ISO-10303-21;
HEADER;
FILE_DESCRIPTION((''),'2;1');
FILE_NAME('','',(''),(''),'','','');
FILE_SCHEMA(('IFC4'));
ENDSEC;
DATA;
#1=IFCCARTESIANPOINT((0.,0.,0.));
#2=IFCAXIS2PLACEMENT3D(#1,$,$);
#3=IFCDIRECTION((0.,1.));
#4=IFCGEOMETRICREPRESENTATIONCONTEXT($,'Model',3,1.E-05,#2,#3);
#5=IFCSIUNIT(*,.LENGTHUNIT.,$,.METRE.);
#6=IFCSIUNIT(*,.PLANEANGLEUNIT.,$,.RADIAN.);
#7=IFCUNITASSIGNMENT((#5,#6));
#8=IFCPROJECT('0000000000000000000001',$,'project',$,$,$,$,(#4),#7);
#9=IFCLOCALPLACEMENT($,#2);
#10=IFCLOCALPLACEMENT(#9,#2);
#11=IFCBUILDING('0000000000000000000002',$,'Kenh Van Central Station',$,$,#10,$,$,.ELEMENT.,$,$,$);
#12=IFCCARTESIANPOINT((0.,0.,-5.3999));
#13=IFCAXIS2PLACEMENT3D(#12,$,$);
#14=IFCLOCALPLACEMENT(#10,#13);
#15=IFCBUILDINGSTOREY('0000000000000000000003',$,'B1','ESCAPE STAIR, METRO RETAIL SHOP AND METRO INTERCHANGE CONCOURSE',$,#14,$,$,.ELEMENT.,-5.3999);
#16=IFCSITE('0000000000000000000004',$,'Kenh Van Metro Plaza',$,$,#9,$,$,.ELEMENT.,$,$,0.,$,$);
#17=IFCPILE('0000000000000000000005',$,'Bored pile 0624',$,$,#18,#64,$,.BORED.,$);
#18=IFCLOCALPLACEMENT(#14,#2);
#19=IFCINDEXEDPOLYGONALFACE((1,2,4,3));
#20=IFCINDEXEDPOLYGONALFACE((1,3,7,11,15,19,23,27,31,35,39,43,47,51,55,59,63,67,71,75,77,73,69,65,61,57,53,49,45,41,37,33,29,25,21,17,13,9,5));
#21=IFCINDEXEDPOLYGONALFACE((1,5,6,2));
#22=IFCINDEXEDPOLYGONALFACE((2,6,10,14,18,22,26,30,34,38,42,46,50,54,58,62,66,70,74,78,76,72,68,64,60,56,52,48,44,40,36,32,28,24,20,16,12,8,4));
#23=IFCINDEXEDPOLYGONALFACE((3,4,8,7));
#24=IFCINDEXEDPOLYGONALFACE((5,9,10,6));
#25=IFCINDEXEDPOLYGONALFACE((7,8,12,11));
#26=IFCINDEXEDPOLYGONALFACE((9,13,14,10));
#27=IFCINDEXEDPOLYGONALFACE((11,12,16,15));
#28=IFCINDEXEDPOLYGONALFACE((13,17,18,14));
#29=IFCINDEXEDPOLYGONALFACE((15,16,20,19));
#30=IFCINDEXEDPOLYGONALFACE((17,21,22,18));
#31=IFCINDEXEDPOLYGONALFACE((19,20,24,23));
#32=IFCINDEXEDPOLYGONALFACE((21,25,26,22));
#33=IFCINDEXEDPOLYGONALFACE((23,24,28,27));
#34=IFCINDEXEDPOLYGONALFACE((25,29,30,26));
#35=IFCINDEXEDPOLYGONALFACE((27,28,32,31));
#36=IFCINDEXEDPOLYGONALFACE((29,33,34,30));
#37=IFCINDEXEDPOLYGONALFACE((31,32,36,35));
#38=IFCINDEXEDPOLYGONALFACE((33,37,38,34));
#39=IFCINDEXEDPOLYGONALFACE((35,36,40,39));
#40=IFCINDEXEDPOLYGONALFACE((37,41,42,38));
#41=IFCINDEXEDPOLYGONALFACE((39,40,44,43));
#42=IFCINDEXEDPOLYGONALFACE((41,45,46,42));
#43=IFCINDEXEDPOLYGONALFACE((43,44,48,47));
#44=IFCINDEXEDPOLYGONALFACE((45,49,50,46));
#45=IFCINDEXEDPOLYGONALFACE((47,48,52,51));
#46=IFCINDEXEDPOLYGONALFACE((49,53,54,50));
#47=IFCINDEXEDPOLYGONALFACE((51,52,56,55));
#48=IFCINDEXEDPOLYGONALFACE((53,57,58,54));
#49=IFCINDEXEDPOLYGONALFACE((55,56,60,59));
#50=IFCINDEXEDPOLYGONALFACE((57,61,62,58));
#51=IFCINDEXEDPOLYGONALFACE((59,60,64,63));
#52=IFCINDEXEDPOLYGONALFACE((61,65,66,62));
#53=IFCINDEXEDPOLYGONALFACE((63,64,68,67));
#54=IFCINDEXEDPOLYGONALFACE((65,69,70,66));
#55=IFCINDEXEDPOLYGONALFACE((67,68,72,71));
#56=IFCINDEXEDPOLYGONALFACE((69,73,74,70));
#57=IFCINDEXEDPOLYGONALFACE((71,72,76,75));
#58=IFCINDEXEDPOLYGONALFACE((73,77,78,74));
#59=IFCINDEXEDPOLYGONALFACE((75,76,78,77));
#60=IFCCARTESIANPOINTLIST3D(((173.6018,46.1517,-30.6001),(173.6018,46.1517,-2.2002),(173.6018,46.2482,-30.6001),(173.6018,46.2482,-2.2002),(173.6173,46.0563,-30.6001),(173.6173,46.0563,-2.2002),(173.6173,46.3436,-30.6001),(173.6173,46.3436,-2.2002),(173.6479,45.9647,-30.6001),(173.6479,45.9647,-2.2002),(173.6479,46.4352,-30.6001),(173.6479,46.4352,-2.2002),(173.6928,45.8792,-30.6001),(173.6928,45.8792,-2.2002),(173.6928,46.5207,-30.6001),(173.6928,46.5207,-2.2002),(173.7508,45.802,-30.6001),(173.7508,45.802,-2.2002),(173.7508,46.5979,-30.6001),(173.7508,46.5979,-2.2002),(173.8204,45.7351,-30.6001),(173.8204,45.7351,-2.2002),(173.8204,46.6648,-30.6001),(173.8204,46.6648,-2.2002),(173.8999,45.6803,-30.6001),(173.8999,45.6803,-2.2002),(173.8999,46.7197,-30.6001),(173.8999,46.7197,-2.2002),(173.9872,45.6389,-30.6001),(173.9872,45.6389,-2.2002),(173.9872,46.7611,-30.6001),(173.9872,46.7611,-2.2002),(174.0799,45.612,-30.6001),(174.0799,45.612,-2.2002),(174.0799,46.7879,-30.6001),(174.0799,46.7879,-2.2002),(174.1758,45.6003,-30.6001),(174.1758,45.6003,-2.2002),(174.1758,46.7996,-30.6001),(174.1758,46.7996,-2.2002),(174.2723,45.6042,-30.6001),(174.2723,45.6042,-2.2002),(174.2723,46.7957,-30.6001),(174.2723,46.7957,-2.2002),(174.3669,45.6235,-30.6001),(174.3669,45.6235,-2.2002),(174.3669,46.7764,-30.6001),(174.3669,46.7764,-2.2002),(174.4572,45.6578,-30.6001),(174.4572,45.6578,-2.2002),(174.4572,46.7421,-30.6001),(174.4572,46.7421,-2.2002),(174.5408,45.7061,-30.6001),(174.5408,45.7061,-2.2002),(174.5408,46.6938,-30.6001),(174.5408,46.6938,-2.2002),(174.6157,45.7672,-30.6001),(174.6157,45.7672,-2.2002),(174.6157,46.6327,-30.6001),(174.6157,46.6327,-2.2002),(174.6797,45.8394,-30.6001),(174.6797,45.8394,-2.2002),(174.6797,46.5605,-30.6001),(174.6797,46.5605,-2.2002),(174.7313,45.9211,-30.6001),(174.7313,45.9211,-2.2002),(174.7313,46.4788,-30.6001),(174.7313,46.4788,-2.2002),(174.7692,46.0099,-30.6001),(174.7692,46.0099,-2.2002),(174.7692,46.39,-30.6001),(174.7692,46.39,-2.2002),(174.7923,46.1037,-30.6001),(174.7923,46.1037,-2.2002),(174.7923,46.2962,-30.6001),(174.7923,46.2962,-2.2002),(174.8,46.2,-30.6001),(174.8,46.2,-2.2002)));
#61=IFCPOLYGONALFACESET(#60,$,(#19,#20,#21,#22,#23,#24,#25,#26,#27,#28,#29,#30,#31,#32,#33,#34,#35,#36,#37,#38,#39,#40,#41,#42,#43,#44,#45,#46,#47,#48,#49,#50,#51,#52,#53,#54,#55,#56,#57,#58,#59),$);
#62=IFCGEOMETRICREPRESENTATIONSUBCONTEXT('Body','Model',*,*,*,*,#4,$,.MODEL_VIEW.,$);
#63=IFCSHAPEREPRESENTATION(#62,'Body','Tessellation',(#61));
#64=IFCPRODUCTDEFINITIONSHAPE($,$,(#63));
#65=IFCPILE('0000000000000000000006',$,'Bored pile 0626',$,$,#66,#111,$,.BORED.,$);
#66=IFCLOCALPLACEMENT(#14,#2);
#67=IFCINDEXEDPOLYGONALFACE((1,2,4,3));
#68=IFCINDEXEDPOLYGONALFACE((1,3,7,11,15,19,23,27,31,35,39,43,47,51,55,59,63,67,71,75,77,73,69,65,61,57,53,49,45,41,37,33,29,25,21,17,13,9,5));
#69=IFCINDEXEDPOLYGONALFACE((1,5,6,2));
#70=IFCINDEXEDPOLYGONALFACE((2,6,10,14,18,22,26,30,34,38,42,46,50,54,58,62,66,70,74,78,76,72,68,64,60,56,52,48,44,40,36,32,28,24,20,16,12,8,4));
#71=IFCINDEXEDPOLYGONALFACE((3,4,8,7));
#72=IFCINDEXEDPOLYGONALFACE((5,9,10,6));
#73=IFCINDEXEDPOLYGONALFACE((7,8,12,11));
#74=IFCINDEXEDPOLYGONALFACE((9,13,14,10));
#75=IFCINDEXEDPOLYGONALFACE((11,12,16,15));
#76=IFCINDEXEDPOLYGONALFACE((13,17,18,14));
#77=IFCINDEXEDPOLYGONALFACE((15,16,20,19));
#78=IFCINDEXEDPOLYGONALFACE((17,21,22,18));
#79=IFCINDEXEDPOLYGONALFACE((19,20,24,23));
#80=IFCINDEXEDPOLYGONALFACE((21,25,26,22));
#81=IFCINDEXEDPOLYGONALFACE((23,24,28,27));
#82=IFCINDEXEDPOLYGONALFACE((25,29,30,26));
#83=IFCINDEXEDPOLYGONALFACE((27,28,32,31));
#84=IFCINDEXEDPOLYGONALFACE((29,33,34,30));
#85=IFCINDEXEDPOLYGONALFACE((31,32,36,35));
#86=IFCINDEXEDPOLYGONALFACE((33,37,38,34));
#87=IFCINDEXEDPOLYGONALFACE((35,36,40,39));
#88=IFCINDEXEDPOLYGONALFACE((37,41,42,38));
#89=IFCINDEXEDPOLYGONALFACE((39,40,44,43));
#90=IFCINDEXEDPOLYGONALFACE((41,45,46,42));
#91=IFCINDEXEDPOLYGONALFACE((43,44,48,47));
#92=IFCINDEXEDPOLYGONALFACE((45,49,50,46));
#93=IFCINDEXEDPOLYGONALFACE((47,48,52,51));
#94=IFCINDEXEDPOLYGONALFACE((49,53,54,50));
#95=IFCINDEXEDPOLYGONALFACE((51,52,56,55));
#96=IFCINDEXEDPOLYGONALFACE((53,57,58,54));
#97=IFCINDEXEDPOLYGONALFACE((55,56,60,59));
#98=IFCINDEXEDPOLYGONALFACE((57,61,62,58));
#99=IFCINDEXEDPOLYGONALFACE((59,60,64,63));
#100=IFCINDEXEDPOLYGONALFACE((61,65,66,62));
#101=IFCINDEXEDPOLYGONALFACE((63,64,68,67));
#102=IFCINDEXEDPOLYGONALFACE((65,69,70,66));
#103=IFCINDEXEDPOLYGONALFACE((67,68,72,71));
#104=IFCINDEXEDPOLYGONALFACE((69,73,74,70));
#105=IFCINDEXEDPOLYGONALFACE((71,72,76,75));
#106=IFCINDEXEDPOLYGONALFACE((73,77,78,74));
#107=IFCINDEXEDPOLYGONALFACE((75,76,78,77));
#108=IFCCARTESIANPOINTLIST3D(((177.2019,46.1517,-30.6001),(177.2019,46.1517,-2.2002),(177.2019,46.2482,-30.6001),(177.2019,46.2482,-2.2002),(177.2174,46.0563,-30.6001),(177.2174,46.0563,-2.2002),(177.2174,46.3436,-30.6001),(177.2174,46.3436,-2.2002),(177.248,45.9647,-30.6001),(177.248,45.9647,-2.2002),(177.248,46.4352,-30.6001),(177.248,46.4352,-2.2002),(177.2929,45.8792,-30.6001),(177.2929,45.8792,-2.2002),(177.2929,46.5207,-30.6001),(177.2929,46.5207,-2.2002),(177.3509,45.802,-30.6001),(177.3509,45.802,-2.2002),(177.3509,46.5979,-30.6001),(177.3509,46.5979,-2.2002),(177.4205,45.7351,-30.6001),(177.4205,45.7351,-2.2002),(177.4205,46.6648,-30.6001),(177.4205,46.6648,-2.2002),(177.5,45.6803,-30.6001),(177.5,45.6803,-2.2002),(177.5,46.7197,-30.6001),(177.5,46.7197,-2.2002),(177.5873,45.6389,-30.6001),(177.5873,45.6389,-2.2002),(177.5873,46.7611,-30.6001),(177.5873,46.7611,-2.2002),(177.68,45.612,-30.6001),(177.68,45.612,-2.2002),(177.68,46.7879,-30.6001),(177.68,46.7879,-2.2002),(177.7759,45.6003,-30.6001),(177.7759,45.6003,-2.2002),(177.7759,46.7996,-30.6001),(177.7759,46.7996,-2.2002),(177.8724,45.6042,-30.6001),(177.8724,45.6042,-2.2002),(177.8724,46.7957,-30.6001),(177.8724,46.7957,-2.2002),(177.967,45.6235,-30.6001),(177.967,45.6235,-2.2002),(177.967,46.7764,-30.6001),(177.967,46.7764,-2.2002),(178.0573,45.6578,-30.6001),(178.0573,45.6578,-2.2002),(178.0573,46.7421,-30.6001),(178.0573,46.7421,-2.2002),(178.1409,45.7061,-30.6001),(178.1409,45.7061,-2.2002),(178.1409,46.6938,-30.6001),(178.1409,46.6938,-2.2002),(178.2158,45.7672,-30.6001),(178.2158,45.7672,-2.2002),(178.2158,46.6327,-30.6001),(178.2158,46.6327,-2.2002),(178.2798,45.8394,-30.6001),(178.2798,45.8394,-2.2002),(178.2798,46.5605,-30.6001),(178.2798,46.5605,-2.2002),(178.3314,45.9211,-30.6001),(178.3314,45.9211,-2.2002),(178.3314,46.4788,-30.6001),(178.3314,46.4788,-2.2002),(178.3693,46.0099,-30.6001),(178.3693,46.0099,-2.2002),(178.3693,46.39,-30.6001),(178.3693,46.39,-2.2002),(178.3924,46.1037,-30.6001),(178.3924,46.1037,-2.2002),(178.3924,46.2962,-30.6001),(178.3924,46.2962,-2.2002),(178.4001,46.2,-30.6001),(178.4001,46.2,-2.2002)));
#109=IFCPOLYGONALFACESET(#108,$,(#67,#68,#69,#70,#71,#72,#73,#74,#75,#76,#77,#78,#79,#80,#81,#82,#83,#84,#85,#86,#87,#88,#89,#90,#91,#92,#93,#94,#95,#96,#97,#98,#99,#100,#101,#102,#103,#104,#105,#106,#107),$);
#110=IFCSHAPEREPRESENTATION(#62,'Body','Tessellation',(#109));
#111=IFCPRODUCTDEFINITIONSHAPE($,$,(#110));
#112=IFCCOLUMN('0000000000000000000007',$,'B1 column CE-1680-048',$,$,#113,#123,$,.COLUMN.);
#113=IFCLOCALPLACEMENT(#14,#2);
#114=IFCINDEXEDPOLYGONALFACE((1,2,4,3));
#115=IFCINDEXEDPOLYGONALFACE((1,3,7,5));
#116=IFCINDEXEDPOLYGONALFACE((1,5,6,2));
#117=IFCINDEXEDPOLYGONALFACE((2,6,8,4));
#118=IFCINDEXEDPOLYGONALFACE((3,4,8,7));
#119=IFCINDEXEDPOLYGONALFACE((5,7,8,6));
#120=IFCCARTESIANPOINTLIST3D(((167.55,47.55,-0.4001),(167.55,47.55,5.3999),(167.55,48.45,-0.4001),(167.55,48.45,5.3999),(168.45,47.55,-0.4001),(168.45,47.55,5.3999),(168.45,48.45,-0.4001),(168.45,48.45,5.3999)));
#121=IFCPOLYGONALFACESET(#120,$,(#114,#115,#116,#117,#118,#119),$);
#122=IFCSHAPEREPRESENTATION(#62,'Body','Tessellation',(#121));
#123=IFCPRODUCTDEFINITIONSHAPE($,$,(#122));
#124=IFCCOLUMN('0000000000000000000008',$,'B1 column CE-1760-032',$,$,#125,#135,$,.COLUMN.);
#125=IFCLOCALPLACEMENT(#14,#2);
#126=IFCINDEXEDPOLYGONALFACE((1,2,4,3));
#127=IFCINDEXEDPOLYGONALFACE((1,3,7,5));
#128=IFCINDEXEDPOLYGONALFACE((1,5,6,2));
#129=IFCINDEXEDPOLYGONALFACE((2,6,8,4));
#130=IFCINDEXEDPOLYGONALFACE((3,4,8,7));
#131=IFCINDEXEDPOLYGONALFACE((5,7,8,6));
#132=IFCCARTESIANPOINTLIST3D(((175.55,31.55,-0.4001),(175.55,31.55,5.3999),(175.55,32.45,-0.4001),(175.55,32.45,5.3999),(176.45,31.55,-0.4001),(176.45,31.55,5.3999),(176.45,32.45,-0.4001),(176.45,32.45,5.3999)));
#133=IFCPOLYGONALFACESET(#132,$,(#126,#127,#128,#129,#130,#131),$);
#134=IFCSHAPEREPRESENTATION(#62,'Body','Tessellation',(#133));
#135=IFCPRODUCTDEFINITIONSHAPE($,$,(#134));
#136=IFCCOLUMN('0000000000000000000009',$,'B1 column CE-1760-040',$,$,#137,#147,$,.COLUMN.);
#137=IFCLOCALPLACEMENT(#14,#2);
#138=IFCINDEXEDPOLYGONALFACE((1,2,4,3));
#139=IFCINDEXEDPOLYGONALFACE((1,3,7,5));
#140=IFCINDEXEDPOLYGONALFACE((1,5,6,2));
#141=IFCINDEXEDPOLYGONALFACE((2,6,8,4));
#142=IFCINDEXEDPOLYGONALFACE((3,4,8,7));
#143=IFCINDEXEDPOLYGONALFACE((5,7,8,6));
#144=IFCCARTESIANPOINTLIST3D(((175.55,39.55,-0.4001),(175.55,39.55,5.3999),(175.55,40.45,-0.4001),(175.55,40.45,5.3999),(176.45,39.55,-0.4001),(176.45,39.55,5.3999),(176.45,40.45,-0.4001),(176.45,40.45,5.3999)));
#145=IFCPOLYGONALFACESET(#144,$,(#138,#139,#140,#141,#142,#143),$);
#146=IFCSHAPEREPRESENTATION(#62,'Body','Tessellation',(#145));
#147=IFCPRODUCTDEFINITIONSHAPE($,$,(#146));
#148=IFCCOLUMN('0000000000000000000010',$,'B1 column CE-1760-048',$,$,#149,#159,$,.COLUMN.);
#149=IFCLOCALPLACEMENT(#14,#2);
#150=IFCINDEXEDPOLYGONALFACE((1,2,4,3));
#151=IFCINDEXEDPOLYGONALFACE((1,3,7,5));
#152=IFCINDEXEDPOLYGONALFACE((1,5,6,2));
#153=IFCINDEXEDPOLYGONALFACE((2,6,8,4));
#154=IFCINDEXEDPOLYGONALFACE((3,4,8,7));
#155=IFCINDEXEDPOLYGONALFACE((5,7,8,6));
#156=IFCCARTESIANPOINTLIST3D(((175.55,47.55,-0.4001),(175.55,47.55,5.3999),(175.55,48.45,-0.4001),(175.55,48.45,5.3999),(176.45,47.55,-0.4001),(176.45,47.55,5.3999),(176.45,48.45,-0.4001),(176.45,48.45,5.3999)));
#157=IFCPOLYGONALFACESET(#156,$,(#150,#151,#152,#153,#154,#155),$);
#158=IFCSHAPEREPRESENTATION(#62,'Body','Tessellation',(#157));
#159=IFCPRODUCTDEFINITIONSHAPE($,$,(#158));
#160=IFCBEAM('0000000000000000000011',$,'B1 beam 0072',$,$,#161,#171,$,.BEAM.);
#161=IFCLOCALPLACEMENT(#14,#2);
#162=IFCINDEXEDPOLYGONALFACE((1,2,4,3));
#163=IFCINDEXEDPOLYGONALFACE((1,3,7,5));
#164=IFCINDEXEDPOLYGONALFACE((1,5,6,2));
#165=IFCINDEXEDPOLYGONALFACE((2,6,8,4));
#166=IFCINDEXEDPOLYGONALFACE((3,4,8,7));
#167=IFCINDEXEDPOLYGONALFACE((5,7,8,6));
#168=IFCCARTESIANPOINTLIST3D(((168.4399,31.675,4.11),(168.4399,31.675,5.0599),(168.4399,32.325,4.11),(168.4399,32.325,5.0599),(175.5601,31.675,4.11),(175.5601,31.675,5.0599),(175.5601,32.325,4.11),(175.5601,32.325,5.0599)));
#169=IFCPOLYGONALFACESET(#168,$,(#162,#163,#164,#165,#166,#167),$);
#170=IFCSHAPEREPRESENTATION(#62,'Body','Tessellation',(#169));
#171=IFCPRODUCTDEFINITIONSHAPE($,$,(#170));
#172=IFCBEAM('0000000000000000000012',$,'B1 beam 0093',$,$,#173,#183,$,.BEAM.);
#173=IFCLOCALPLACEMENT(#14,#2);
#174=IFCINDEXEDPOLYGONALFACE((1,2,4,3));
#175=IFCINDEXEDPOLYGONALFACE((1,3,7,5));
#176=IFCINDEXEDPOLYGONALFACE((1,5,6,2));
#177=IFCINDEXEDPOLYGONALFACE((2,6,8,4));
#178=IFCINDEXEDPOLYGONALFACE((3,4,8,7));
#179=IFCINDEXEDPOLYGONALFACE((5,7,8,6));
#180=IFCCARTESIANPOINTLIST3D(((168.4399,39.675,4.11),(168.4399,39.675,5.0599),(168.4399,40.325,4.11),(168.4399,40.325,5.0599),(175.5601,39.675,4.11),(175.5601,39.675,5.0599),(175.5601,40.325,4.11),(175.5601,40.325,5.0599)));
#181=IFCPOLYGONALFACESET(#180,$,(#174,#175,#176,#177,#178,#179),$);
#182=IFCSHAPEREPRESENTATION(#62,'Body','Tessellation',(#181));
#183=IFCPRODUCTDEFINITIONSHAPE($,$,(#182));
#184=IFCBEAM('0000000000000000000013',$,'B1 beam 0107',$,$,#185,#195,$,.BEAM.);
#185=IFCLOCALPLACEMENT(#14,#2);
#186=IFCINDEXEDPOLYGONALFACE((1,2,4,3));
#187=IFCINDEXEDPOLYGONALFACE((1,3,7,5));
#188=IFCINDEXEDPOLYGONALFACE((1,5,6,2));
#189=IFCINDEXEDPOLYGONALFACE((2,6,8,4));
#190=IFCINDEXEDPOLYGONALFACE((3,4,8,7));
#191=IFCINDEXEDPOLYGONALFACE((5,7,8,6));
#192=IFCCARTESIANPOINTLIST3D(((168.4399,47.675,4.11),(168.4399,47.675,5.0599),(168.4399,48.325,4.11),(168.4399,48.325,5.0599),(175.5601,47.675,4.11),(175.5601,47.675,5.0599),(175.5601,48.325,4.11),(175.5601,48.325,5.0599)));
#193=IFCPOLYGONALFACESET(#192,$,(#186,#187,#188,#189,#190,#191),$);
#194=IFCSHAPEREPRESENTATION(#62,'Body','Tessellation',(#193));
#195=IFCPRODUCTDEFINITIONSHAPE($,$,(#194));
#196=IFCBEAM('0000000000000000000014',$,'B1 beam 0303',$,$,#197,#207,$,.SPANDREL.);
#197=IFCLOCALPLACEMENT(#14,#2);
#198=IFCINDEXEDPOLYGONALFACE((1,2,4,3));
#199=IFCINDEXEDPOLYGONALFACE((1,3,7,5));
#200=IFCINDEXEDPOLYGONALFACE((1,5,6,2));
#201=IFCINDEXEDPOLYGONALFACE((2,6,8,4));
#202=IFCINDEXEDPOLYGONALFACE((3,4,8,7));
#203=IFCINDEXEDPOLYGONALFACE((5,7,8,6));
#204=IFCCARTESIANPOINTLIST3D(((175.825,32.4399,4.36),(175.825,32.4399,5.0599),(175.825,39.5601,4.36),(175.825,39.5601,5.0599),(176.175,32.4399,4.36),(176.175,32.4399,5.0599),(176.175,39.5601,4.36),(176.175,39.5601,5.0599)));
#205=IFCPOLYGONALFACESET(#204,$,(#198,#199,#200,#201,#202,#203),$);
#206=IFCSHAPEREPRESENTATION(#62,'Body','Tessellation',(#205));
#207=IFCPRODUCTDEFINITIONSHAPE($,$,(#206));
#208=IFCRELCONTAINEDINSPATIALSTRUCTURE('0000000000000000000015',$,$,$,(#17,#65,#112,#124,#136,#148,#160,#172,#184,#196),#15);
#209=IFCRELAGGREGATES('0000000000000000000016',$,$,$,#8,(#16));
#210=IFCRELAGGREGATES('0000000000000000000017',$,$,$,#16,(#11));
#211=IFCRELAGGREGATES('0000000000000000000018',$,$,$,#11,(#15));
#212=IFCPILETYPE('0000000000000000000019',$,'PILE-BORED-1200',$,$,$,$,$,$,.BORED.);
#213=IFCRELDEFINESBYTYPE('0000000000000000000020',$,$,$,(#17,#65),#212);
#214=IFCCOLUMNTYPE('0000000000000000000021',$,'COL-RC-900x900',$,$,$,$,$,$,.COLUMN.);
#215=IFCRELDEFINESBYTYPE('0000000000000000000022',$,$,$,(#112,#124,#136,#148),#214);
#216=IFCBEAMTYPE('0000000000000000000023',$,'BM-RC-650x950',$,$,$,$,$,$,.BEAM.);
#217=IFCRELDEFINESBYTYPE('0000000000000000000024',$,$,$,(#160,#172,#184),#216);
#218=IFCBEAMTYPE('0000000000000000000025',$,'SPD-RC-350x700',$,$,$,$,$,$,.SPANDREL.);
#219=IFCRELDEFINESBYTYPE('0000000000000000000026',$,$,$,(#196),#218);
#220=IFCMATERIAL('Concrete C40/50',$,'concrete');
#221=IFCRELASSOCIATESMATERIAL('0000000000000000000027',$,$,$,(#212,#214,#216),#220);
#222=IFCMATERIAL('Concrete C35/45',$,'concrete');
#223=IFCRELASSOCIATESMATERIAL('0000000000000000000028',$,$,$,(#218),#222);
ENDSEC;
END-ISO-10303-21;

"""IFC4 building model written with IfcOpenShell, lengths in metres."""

from ifc_helpers import new_model, si_unit, direction, frame, origin, origin_2d, place, context, subcontext, project, spatial, rectangle, circle, extrude, material, material_profile, profile_set, type_object, element, save


model = new_model("IFC4")

# Units and contexts
model_context = context("Model", 3, precision=1e-05, world=origin(), true_north=direction((0.0, 1.0)))
body_context = subcontext(model_context, "Body", "Model", "MODEL_VIEW")
ifc_project = project(units=[si_unit("LENGTHUNIT", "METRE"), si_unit("PLANEANGLEUNIT", "RADIAN")], contexts=[model_context])

# Site, building, storey
site_placement = place(None, origin())
site = spatial("IfcSite", under=ifc_project, at=site_placement, Name="Kenh Van Metro Plaza", CompositionType="ELEMENT", RefElevation=0.0)
building_placement = place(site_placement, origin())
building = spatial("IfcBuilding", under=site, at=building_placement, Name="Kenh Van Central Station", CompositionType="ELEMENT")
storey_placement = place(building_placement, frame((0.0, 0.0, -5.3999)))
storey = spatial("IfcBuildingStorey", under=building, at=storey_placement, Name="B1", Description="ESCAPE STAIR, METRO RETAIL SHOP AND METRO INTERCHANGE CONCOURSE", CompositionType="ELEMENT", Elevation=-5.3999)

# Shared definitions
ifc_material_1 = material(Name="Concrete C40/50", Category="concrete")

# Piles
ifc_material_profile_1 = material_profile(ifc_material_1, circle(Radius=0.6001, at=origin_2d()), Name="PILE D1200")
ifc_profile_set_1 = profile_set([ifc_material_profile_1], Name="Concrete C40/50")
pile_type = type_object("IfcPileType", Name="PILE-BORED-1200", PredefinedType="BORED", material=ifc_profile_set_1)
for number, where, z_axis, x_axis, name in (
    (1, (174.2, 46.2, -2.2002), (0.0, 0.0, -1.0), (1.0, 0.0, 0.0), "Bored pile 0624"),
    (2, (177.8, 46.2, -2.2002), (0.0, 0.0, -1.0), (1.0, 0.0, 0.0), "Bored pile 0626"),
):
    element("IfcPile", number, at=place(storey_placement, frame(where, z_axis=z_axis, x_axis=x_axis)), inside=storey, type_object=pile_type, Name=name, PredefinedType="BORED", context=body_context, shape_type="SweptSolid", body=[
        extrude(circle(Radius=0.6001, at=origin_2d()), origin(), (0.0, 0.0, 1.0), 28.3999),
    ])

# Columns
ifc_material_profile_2 = material_profile(ifc_material_1, rectangle(XDim=0.8999, YDim=0.8999, at=origin_2d()), Name="RC 900x900")
ifc_profile_set_2 = profile_set([ifc_material_profile_2], Name="Concrete C40/50")
column_type = type_object("IfcColumnType", Name="COL-RC-900x900", PredefinedType="COLUMN", material=ifc_profile_set_2)
for number, where, z_axis, x_axis, name in (
    (3, (168.0, 48.0, -0.4001), (0.0, 0.0, 1.0), (1.0, 0.0, 0.0), "B1 column CE-1680-048"),
    (4, (176.0, 32.0, -0.4001), (0.0, 0.0, 1.0), (1.0, 0.0, 0.0), "B1 column CE-1760-032"),
    (5, (176.0, 40.0, -0.4001), (0.0, 0.0, 1.0), (1.0, 0.0, 0.0), "B1 column CE-1760-040"),
    (6, (176.0, 48.0, -0.4001), (0.0, 0.0, 1.0), (1.0, 0.0, 0.0), "B1 column CE-1760-048"),
):
    element("IfcColumn", number, at=place(storey_placement, frame(where, z_axis=z_axis, x_axis=x_axis)), inside=storey, type_object=column_type, Name=name, PredefinedType="COLUMN", context=body_context, shape_type="SweptSolid", body=[
        extrude(rectangle(XDim=0.8999, YDim=0.8999, at=origin_2d()), origin(), (0.0, 0.0, 1.0), 5.8),
    ])

# Beams
ifc_material_profile_3 = material_profile(ifc_material_1, rectangle(XDim=0.6499, YDim=0.95, at=origin_2d()), Name="RC 650x950")
ifc_profile_set_3 = profile_set([ifc_material_profile_3], Name="Concrete C40/50")
beam_type_1 = type_object("IfcBeamType", Name="BM-RC-650x950", PredefinedType="BEAM", material=ifc_profile_set_3)
for number, where, z_axis, x_axis, name in (
    (7, (168.4399, 32.0, 4.585), (1.0, 0.0, 0.0), (0.0, 1.0, 0.0), "B1 beam 0072"),
    (8, (168.4399, 40.0, 4.585), (1.0, 0.0, 0.0), (0.0, 1.0, 0.0), "B1 beam 0093"),
    (9, (168.4399, 48.0, 4.585), (1.0, 0.0, 0.0), (0.0, 1.0, 0.0), "B1 beam 0107"),
):
    element("IfcBeam", number, at=place(storey_placement, frame(where, z_axis=z_axis, x_axis=x_axis)), inside=storey, type_object=beam_type_1, Name=name, PredefinedType="BEAM", context=body_context, shape_type="SweptSolid", body=[
        extrude(rectangle(XDim=0.6499, YDim=0.95, at=origin_2d()), origin(), (0.0, 0.0, 1.0), 7.1201),
    ])
ifc_material_2 = material(Name="Concrete C35/45", Category="concrete")
ifc_material_profile_4 = material_profile(ifc_material_2, rectangle(XDim=0.3501, YDim=0.7, at=origin_2d()), Name="RC 350x700")
ifc_profile_set_4 = profile_set([ifc_material_profile_4], Name="Concrete C35/45")
beam_type_2 = type_object("IfcBeamType", Name="SPD-RC-350x700", PredefinedType="SPANDREL", material=ifc_profile_set_4)
for number, where, z_axis, x_axis, name in (
    (10, (176.0, 32.4399, 4.71), (0.0, 1.0, 0.0), (-1.0, 0.0, 0.0), "B1 beam 0303"),
):
    element("IfcBeam", number, at=place(storey_placement, frame(where, z_axis=z_axis, x_axis=x_axis)), inside=storey, type_object=beam_type_2, Name=name, PredefinedType="SPANDREL", context=body_context, shape_type="SweptSolid", body=[
        extrude(rectangle(XDim=0.3501, YDim=0.7, at=origin_2d()), origin(), (0.0, 0.0, 1.0), 7.1201),
    ])

save(model, "model.ifc")
